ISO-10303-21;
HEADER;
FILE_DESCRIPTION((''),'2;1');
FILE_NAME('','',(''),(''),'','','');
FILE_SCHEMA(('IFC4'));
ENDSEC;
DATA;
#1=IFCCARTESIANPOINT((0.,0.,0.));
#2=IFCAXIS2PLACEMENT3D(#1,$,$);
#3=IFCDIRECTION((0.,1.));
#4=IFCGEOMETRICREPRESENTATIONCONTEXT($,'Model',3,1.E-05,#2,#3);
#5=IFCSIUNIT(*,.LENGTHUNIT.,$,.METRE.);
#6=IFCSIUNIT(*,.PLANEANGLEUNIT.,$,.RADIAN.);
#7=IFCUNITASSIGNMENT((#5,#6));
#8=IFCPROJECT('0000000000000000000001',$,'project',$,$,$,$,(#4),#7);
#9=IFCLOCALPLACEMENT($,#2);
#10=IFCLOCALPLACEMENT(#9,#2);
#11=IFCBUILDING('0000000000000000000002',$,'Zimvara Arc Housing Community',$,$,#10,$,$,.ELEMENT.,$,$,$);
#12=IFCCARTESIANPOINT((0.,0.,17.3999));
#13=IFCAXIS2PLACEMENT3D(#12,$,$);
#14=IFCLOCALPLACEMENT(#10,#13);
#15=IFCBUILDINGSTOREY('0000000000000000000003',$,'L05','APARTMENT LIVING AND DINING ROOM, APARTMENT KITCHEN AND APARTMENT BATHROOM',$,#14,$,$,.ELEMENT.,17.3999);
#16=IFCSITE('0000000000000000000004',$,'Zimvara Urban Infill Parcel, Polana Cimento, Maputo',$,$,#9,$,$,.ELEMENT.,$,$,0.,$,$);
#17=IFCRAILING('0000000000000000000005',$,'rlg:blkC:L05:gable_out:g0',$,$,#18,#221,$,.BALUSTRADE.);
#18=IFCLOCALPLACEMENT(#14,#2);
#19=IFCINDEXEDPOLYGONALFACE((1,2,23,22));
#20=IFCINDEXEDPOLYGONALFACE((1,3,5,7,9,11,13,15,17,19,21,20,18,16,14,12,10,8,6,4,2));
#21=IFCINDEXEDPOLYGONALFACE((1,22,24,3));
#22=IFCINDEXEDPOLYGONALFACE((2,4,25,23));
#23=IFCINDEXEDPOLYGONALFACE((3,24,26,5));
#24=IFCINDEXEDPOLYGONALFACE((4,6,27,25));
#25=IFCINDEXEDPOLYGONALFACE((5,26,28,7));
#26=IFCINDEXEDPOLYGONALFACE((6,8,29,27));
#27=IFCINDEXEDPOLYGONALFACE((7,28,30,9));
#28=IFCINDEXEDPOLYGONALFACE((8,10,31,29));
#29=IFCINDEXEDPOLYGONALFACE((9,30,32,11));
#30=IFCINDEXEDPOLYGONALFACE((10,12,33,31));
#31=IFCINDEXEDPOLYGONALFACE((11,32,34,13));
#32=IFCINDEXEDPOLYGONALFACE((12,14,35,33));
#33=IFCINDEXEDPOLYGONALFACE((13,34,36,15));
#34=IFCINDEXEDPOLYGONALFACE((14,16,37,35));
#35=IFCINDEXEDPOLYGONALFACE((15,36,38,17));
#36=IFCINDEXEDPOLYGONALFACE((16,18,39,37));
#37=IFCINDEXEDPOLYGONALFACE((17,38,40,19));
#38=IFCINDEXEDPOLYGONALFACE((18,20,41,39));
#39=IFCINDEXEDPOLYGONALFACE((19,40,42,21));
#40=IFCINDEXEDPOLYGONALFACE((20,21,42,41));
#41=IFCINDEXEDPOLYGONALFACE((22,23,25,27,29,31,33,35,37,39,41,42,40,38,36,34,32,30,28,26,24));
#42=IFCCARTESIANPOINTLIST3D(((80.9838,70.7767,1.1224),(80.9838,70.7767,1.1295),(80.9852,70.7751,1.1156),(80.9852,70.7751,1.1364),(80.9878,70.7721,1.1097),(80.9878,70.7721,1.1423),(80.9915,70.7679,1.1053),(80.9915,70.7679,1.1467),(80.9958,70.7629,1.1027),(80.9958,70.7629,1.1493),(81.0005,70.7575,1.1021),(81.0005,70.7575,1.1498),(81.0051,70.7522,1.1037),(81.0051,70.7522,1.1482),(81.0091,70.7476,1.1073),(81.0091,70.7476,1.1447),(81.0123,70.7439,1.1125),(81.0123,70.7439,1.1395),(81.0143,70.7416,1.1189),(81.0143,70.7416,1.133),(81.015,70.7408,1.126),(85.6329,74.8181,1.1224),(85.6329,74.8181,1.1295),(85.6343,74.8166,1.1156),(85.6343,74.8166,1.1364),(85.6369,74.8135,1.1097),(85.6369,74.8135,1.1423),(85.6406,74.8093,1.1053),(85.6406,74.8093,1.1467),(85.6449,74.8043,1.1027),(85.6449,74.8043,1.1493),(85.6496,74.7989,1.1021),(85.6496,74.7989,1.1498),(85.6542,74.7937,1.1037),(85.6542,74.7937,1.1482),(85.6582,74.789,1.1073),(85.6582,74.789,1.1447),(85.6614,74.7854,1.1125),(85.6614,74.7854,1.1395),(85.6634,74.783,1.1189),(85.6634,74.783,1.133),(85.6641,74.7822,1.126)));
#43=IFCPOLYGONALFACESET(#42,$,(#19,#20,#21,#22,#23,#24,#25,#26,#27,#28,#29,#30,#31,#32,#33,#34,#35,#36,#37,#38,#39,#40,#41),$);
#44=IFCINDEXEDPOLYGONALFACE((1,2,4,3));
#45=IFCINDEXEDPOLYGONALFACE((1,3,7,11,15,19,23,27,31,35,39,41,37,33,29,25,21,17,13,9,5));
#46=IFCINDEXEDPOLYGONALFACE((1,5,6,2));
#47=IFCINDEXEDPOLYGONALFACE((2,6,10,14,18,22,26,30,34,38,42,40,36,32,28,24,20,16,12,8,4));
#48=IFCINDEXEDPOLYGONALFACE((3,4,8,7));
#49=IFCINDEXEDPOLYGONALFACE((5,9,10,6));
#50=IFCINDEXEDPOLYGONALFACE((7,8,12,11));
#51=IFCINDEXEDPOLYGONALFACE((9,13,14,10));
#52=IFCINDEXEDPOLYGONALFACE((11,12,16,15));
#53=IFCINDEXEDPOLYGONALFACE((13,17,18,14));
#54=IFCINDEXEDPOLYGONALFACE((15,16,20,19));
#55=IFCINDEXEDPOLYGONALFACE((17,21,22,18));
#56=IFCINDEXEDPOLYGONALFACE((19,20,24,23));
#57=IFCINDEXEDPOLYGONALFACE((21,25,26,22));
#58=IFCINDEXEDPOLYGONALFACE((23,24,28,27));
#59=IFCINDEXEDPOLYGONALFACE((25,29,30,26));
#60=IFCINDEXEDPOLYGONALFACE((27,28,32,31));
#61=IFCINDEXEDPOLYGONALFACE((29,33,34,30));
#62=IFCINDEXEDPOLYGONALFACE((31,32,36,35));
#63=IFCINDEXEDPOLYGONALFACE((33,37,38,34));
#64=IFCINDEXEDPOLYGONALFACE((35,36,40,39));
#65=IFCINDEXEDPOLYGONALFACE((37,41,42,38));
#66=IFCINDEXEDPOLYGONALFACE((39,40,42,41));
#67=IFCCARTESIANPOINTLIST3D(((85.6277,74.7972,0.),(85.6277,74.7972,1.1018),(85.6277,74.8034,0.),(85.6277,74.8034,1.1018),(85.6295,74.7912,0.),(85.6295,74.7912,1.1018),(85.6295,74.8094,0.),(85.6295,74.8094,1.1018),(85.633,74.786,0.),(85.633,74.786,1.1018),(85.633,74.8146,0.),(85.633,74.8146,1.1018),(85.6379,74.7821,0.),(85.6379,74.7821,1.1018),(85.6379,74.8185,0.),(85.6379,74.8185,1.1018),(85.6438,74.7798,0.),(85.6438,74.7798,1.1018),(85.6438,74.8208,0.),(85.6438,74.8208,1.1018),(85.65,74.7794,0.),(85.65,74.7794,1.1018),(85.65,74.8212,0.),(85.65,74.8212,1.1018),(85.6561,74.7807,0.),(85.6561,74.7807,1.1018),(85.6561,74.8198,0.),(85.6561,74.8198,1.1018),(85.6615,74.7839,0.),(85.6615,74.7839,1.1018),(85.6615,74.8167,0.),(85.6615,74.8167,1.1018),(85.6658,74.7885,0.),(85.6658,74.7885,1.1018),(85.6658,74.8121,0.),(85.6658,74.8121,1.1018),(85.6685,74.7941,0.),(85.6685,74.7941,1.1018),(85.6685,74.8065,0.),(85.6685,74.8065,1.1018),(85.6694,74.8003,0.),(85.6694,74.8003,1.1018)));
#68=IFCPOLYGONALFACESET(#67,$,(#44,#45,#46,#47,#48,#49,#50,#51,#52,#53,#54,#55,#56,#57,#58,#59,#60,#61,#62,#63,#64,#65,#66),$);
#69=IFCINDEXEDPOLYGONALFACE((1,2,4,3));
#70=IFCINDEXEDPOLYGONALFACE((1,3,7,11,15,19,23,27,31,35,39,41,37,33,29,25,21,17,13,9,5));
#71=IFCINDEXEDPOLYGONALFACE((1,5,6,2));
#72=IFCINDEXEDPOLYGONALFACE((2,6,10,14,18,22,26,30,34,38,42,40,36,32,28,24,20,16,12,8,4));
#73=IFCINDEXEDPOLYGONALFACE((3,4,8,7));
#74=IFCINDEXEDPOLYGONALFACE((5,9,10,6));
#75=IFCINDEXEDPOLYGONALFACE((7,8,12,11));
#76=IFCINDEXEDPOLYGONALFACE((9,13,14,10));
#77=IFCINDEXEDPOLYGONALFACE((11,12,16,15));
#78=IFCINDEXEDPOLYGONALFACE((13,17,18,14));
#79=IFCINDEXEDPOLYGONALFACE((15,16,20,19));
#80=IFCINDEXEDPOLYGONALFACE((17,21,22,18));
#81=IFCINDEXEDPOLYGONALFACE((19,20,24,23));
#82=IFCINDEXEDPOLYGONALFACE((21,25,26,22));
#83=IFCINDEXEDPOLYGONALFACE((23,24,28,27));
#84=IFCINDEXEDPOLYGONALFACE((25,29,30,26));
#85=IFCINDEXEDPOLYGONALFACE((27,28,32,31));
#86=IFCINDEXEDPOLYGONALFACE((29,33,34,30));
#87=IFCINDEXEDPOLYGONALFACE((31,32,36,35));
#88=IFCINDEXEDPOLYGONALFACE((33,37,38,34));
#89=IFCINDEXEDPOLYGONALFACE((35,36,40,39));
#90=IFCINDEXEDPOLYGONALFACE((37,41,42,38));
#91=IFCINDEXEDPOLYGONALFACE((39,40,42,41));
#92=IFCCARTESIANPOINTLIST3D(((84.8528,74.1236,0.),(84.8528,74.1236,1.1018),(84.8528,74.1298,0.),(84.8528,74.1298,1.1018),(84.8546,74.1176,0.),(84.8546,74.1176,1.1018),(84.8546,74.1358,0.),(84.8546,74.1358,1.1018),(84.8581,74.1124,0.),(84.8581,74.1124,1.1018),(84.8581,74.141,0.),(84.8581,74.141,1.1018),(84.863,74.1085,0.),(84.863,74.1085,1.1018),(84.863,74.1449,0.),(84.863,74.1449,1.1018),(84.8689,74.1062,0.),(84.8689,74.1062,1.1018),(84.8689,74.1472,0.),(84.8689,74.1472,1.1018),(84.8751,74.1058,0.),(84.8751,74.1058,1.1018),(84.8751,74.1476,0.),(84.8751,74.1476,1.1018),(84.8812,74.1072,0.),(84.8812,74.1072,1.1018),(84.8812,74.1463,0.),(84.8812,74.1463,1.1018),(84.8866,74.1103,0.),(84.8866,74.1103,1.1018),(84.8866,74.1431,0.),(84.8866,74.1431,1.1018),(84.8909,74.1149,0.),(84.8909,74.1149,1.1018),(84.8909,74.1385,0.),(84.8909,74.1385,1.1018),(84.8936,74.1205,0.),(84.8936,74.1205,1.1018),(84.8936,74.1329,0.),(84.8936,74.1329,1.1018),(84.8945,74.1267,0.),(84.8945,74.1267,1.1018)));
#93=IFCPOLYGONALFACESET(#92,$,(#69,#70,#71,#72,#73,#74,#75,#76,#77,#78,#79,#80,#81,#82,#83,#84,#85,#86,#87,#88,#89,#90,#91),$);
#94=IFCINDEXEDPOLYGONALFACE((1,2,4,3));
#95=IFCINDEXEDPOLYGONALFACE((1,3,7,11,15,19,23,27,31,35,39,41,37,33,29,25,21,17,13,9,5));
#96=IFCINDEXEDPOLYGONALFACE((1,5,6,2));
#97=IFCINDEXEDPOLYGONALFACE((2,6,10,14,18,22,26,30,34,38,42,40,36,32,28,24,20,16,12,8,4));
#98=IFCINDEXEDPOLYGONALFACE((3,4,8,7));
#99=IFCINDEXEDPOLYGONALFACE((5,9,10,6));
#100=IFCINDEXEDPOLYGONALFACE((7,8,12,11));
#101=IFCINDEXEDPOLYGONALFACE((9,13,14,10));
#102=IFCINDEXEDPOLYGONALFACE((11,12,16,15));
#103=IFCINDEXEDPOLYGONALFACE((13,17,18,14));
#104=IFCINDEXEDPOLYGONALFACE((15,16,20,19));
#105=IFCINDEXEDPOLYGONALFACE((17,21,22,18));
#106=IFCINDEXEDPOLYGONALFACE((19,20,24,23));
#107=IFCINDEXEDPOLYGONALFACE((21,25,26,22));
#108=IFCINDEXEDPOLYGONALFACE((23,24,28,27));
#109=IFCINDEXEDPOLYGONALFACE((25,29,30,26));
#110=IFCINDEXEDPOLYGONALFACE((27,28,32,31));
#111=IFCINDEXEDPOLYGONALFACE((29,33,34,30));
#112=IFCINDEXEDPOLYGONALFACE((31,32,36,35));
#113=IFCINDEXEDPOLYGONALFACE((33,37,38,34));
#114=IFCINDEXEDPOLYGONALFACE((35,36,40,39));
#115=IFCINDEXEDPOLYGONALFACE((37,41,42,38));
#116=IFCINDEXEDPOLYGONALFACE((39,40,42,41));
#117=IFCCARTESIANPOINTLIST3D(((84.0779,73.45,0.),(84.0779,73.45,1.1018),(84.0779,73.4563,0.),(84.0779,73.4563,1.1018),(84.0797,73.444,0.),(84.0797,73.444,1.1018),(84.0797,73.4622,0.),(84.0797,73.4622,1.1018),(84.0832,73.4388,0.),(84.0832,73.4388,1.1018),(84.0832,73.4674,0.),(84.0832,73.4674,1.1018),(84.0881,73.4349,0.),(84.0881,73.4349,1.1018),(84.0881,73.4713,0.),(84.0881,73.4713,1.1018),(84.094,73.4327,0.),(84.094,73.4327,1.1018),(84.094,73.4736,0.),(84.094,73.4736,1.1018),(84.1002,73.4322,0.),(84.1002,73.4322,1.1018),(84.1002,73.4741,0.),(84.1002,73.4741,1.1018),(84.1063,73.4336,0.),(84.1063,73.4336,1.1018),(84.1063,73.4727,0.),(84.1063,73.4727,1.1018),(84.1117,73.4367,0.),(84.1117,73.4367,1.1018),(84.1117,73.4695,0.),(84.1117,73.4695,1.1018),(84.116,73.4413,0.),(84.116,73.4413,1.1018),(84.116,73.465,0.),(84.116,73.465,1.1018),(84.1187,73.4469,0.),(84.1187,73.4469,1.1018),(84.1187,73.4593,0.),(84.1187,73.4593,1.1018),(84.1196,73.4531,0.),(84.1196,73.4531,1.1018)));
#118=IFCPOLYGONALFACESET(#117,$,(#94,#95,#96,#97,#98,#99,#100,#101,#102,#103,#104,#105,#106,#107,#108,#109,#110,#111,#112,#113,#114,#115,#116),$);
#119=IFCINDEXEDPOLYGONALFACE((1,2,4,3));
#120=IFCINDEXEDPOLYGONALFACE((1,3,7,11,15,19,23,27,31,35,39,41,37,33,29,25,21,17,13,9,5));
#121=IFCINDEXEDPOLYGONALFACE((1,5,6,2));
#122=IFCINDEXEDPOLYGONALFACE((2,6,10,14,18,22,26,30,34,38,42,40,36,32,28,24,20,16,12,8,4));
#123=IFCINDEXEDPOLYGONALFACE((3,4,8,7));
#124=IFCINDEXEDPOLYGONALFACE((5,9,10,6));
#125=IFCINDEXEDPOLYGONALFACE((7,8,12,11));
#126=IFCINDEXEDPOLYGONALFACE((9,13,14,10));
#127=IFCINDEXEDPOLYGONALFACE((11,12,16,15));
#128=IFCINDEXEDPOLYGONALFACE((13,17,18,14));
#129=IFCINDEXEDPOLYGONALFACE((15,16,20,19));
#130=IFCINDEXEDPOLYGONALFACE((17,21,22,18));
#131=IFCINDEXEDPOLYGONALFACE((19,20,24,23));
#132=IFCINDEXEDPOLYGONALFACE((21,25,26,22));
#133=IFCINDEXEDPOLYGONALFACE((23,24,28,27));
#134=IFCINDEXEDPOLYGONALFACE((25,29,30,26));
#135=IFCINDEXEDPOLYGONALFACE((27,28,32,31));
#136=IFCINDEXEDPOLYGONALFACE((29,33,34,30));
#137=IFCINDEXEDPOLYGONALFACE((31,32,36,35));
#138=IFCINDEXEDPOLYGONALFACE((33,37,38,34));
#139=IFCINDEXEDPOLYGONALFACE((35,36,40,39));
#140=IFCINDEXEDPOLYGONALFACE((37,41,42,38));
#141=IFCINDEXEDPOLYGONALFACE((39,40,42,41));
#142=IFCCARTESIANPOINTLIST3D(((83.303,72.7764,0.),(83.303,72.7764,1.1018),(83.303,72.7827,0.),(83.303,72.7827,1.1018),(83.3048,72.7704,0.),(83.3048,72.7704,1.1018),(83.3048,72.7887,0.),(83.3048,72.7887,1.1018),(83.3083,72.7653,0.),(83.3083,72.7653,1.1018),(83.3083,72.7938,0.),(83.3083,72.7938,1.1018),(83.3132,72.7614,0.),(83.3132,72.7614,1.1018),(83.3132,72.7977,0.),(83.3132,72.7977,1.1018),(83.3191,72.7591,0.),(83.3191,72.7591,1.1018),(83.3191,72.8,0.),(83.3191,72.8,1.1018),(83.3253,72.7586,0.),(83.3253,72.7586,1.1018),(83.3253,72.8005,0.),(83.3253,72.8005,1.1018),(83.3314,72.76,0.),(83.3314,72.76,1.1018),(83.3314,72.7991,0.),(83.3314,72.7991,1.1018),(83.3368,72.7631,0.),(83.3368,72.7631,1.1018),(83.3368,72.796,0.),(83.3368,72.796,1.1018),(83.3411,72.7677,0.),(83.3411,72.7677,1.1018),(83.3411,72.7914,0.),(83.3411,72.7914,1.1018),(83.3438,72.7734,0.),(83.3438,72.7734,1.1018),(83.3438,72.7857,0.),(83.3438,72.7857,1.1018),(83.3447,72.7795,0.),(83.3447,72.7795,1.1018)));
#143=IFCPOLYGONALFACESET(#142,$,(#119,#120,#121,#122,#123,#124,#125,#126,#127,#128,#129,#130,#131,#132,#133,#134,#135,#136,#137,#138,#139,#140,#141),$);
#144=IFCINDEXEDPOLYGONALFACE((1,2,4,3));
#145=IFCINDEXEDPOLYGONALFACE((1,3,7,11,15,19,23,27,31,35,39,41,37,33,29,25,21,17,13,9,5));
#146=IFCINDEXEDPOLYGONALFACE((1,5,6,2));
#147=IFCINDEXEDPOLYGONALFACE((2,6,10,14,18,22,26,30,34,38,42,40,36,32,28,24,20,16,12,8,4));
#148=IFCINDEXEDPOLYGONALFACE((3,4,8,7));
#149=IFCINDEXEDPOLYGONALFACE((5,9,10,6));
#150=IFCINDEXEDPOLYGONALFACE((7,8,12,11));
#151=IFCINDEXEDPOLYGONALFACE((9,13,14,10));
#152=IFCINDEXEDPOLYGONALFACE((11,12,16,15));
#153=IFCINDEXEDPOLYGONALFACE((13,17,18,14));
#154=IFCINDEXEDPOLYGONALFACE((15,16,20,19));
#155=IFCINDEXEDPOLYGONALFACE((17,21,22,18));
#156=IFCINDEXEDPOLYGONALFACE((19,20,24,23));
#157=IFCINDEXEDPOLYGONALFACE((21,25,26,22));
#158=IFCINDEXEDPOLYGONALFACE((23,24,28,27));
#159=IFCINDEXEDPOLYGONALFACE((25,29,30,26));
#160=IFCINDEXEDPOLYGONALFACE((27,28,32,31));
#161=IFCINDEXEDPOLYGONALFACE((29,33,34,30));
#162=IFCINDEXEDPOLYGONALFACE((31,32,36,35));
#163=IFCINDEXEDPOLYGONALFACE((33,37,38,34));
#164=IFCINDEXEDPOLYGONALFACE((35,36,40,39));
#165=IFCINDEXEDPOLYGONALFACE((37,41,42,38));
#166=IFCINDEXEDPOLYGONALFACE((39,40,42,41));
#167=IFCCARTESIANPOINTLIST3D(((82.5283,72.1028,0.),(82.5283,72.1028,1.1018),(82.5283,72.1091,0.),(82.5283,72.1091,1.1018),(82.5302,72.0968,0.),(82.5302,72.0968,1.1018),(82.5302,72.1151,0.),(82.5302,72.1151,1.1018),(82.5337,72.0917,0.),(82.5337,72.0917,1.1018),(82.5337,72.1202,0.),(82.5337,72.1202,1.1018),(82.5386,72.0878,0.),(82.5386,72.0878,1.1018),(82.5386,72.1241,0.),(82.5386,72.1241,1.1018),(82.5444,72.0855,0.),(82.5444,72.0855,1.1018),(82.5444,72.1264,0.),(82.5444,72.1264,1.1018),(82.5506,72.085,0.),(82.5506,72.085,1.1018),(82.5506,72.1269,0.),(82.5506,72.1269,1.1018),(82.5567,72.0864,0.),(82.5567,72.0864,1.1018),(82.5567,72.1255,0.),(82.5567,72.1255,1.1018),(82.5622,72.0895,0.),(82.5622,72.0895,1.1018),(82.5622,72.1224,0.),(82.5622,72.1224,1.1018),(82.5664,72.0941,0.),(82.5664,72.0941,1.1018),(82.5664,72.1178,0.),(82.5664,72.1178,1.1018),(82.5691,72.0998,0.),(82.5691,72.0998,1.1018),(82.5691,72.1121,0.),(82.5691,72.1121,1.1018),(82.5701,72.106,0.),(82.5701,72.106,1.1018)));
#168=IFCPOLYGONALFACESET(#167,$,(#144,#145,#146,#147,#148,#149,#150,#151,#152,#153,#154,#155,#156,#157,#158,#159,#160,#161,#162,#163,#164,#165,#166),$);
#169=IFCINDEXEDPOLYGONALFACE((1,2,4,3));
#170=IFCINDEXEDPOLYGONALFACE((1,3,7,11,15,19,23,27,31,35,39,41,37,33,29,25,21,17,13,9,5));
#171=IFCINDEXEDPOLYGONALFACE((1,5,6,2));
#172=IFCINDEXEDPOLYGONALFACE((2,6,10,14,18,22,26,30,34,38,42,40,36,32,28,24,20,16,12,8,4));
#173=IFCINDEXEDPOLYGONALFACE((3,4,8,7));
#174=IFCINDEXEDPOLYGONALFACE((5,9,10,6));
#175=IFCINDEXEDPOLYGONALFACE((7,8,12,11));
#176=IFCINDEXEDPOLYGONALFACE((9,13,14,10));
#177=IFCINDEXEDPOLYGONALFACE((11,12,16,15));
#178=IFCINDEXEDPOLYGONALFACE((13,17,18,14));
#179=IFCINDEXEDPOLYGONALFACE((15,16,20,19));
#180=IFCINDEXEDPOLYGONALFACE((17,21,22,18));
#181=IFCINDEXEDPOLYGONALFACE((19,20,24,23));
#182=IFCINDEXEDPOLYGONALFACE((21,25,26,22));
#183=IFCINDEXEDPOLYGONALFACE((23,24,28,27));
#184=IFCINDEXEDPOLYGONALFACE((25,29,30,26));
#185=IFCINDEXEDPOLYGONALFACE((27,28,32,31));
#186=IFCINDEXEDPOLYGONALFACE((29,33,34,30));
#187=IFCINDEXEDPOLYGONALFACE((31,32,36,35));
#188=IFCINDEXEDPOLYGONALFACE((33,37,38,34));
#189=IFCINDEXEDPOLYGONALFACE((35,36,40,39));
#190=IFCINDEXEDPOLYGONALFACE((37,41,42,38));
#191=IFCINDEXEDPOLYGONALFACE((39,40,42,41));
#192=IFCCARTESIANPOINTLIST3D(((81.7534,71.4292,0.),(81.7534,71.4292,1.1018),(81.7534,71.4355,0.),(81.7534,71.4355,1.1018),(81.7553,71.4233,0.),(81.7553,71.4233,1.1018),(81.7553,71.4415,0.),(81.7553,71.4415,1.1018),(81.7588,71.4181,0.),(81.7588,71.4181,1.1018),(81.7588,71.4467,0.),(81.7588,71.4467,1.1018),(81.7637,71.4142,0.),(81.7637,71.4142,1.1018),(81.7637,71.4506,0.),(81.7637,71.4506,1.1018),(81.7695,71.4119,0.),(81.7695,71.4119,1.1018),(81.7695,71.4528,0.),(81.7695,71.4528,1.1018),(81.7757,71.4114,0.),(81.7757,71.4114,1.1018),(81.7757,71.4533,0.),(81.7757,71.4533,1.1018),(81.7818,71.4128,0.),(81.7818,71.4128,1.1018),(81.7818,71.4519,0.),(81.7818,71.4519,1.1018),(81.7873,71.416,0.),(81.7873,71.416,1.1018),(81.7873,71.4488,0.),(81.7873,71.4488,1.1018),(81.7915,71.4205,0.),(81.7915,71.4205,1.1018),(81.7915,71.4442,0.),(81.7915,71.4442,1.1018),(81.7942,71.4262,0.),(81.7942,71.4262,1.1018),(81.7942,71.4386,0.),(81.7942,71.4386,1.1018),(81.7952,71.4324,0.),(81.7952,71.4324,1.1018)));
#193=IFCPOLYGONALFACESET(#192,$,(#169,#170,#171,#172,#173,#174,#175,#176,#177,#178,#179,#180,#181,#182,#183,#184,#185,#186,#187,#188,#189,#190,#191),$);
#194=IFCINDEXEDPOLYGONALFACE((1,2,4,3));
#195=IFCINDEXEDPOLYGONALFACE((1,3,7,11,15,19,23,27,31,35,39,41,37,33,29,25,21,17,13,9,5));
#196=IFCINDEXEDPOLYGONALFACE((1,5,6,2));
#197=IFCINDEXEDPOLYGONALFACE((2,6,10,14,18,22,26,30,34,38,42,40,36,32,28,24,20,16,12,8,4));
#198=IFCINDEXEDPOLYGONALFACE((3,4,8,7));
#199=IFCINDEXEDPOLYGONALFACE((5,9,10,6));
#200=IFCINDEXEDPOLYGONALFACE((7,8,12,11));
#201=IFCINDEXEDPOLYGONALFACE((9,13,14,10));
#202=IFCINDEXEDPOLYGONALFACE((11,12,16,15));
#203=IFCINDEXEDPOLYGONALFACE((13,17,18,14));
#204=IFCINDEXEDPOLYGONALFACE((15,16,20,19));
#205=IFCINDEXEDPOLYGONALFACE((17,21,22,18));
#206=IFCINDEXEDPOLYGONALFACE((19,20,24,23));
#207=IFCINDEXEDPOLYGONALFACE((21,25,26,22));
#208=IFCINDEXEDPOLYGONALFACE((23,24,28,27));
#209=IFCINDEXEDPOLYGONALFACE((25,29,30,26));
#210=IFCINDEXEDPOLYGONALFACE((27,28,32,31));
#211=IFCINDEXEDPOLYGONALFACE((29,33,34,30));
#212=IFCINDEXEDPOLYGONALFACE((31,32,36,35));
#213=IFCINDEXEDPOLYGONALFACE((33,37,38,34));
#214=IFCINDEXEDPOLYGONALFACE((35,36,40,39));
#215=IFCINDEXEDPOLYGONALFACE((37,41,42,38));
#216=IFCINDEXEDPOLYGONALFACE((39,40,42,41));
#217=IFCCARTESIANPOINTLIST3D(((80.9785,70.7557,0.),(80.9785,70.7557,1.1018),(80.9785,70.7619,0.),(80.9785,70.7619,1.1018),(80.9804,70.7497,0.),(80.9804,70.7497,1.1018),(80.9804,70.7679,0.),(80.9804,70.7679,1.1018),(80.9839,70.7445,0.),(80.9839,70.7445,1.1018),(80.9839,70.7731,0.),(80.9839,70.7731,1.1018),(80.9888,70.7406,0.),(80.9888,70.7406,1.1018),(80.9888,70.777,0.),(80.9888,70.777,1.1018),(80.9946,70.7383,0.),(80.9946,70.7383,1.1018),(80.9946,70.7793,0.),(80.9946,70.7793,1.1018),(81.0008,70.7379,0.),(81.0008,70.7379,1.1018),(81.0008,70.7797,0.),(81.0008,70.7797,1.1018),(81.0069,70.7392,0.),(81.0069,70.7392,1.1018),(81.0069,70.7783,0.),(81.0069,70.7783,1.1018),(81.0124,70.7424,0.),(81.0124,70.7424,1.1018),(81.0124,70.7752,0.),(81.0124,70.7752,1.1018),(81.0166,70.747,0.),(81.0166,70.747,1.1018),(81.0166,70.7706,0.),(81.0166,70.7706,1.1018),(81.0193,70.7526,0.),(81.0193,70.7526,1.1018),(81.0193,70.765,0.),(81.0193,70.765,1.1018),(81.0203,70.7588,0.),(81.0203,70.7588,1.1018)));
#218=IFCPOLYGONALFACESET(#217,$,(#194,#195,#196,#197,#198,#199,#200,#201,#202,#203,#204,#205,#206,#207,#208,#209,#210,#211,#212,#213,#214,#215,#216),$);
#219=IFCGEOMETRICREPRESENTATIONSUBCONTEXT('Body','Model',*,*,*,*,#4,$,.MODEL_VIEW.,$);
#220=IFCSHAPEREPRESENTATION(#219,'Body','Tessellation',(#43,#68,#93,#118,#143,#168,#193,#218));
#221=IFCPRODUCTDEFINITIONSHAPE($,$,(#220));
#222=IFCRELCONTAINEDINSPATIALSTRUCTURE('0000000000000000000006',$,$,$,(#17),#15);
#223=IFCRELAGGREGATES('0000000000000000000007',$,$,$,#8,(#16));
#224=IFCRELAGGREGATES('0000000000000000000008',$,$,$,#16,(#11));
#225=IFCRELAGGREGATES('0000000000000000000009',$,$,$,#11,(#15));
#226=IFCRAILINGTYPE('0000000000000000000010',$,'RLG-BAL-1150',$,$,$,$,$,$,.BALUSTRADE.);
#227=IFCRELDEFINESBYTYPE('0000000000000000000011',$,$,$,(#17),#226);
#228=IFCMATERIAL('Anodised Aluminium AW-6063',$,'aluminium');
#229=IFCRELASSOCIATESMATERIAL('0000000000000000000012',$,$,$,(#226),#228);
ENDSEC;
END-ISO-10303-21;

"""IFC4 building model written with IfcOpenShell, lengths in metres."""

from ifc_helpers import new_model, si_unit, direction, frame, origin, origin_2d, place, context, subcontext, project, spatial, circle, extrude, material, type_object, element, save


model = new_model("IFC4")

# Units and contexts
model_context = context("Model", 3, precision=1e-05, world=origin(), true_north=direction((0.0, 1.0)))
body_context = subcontext(model_context, "Body", "Model", "MODEL_VIEW")
ifc_project = project(units=[si_unit("LENGTHUNIT", "METRE"), si_unit("PLANEANGLEUNIT", "RADIAN")], contexts=[model_context])

# Site, building, storey
site_placement = place(None, origin())
site = spatial("IfcSite", under=ifc_project, at=site_placement, Name="Zimvara Urban Infill Parcel, Polana Cimento, Maputo", CompositionType="ELEMENT", RefElevation=0.0)
building_placement = place(site_placement, origin())
building = spatial("IfcBuilding", under=site, at=building_placement, Name="Zimvara Arc Housing Community", CompositionType="ELEMENT")
storey_placement = place(building_placement, frame((0.0, 0.0, 17.3999)))
storey = spatial("IfcBuildingStorey", under=building, at=storey_placement, Name="L05", Description="APARTMENT LIVING AND DINING ROOM, APARTMENT KITCHEN AND APARTMENT BATHROOM", CompositionType="ELEMENT", Elevation=17.3999)

# Railing
ifc_material_1 = material(Name="Anodised Aluminium AW-6063", Category="aluminium")
railing_type_1 = type_object("IfcRailingType", Name="RLG-BAL-1150", PredefinedType="BALUSTRADE", material=ifc_material_1)
railing_1_placement = place(storey_placement, frame((85.6484, 74.8003, 0.0)))
element("IfcRailing", 1, at=railing_1_placement, inside=storey, type_object=railing_type_1, Name="rlg:blkC:L05:gable_out:g0", PredefinedType="BALUSTRADE", context=body_context, shape_type="SweptSolid", body=[
    extrude(circle(Radius=0.0239, at=origin_2d()), frame((0.0, 0.0, 1.126), z_axis=(-0.754706, -0.656063, 0.0), x_axis=(0.656063, -0.754706, 0.0)), (0.0, 0.0, 1.0), 6.1602),
    extrude(circle(Radius=0.021, at=origin_2d()), origin(), (0.0, 0.0, 1.0), 1.1018),
    extrude(circle(Radius=0.021, at=origin_2d()), frame((-0.7749, -0.6736, 0.0)), (0.0, 0.0, 1.0), 1.1018),
    extrude(circle(Radius=0.021, at=origin_2d()), frame((-1.5498, -1.3472, 0.0)), (0.0, 0.0, 1.0), 1.1018),
    extrude(circle(Radius=0.021, at=origin_2d()), frame((-2.3247, -2.0208, 0.0)), (0.0, 0.0, 1.0), 1.1018),
    extrude(circle(Radius=0.021, at=origin_2d()), frame((-3.0994, -2.6943, 0.0)), (0.0, 0.0, 1.0), 1.1018),
    extrude(circle(Radius=0.021, at=origin_2d()), frame((-3.8743, -3.3679, 0.0)), (0.0, 0.0, 1.0), 1.1018),
    extrude(circle(Radius=0.021, at=origin_2d()), frame((-4.6492, -4.0415, 0.0)), (0.0, 0.0, 1.0), 1.1018),
])

save(model, "model.ifc")
